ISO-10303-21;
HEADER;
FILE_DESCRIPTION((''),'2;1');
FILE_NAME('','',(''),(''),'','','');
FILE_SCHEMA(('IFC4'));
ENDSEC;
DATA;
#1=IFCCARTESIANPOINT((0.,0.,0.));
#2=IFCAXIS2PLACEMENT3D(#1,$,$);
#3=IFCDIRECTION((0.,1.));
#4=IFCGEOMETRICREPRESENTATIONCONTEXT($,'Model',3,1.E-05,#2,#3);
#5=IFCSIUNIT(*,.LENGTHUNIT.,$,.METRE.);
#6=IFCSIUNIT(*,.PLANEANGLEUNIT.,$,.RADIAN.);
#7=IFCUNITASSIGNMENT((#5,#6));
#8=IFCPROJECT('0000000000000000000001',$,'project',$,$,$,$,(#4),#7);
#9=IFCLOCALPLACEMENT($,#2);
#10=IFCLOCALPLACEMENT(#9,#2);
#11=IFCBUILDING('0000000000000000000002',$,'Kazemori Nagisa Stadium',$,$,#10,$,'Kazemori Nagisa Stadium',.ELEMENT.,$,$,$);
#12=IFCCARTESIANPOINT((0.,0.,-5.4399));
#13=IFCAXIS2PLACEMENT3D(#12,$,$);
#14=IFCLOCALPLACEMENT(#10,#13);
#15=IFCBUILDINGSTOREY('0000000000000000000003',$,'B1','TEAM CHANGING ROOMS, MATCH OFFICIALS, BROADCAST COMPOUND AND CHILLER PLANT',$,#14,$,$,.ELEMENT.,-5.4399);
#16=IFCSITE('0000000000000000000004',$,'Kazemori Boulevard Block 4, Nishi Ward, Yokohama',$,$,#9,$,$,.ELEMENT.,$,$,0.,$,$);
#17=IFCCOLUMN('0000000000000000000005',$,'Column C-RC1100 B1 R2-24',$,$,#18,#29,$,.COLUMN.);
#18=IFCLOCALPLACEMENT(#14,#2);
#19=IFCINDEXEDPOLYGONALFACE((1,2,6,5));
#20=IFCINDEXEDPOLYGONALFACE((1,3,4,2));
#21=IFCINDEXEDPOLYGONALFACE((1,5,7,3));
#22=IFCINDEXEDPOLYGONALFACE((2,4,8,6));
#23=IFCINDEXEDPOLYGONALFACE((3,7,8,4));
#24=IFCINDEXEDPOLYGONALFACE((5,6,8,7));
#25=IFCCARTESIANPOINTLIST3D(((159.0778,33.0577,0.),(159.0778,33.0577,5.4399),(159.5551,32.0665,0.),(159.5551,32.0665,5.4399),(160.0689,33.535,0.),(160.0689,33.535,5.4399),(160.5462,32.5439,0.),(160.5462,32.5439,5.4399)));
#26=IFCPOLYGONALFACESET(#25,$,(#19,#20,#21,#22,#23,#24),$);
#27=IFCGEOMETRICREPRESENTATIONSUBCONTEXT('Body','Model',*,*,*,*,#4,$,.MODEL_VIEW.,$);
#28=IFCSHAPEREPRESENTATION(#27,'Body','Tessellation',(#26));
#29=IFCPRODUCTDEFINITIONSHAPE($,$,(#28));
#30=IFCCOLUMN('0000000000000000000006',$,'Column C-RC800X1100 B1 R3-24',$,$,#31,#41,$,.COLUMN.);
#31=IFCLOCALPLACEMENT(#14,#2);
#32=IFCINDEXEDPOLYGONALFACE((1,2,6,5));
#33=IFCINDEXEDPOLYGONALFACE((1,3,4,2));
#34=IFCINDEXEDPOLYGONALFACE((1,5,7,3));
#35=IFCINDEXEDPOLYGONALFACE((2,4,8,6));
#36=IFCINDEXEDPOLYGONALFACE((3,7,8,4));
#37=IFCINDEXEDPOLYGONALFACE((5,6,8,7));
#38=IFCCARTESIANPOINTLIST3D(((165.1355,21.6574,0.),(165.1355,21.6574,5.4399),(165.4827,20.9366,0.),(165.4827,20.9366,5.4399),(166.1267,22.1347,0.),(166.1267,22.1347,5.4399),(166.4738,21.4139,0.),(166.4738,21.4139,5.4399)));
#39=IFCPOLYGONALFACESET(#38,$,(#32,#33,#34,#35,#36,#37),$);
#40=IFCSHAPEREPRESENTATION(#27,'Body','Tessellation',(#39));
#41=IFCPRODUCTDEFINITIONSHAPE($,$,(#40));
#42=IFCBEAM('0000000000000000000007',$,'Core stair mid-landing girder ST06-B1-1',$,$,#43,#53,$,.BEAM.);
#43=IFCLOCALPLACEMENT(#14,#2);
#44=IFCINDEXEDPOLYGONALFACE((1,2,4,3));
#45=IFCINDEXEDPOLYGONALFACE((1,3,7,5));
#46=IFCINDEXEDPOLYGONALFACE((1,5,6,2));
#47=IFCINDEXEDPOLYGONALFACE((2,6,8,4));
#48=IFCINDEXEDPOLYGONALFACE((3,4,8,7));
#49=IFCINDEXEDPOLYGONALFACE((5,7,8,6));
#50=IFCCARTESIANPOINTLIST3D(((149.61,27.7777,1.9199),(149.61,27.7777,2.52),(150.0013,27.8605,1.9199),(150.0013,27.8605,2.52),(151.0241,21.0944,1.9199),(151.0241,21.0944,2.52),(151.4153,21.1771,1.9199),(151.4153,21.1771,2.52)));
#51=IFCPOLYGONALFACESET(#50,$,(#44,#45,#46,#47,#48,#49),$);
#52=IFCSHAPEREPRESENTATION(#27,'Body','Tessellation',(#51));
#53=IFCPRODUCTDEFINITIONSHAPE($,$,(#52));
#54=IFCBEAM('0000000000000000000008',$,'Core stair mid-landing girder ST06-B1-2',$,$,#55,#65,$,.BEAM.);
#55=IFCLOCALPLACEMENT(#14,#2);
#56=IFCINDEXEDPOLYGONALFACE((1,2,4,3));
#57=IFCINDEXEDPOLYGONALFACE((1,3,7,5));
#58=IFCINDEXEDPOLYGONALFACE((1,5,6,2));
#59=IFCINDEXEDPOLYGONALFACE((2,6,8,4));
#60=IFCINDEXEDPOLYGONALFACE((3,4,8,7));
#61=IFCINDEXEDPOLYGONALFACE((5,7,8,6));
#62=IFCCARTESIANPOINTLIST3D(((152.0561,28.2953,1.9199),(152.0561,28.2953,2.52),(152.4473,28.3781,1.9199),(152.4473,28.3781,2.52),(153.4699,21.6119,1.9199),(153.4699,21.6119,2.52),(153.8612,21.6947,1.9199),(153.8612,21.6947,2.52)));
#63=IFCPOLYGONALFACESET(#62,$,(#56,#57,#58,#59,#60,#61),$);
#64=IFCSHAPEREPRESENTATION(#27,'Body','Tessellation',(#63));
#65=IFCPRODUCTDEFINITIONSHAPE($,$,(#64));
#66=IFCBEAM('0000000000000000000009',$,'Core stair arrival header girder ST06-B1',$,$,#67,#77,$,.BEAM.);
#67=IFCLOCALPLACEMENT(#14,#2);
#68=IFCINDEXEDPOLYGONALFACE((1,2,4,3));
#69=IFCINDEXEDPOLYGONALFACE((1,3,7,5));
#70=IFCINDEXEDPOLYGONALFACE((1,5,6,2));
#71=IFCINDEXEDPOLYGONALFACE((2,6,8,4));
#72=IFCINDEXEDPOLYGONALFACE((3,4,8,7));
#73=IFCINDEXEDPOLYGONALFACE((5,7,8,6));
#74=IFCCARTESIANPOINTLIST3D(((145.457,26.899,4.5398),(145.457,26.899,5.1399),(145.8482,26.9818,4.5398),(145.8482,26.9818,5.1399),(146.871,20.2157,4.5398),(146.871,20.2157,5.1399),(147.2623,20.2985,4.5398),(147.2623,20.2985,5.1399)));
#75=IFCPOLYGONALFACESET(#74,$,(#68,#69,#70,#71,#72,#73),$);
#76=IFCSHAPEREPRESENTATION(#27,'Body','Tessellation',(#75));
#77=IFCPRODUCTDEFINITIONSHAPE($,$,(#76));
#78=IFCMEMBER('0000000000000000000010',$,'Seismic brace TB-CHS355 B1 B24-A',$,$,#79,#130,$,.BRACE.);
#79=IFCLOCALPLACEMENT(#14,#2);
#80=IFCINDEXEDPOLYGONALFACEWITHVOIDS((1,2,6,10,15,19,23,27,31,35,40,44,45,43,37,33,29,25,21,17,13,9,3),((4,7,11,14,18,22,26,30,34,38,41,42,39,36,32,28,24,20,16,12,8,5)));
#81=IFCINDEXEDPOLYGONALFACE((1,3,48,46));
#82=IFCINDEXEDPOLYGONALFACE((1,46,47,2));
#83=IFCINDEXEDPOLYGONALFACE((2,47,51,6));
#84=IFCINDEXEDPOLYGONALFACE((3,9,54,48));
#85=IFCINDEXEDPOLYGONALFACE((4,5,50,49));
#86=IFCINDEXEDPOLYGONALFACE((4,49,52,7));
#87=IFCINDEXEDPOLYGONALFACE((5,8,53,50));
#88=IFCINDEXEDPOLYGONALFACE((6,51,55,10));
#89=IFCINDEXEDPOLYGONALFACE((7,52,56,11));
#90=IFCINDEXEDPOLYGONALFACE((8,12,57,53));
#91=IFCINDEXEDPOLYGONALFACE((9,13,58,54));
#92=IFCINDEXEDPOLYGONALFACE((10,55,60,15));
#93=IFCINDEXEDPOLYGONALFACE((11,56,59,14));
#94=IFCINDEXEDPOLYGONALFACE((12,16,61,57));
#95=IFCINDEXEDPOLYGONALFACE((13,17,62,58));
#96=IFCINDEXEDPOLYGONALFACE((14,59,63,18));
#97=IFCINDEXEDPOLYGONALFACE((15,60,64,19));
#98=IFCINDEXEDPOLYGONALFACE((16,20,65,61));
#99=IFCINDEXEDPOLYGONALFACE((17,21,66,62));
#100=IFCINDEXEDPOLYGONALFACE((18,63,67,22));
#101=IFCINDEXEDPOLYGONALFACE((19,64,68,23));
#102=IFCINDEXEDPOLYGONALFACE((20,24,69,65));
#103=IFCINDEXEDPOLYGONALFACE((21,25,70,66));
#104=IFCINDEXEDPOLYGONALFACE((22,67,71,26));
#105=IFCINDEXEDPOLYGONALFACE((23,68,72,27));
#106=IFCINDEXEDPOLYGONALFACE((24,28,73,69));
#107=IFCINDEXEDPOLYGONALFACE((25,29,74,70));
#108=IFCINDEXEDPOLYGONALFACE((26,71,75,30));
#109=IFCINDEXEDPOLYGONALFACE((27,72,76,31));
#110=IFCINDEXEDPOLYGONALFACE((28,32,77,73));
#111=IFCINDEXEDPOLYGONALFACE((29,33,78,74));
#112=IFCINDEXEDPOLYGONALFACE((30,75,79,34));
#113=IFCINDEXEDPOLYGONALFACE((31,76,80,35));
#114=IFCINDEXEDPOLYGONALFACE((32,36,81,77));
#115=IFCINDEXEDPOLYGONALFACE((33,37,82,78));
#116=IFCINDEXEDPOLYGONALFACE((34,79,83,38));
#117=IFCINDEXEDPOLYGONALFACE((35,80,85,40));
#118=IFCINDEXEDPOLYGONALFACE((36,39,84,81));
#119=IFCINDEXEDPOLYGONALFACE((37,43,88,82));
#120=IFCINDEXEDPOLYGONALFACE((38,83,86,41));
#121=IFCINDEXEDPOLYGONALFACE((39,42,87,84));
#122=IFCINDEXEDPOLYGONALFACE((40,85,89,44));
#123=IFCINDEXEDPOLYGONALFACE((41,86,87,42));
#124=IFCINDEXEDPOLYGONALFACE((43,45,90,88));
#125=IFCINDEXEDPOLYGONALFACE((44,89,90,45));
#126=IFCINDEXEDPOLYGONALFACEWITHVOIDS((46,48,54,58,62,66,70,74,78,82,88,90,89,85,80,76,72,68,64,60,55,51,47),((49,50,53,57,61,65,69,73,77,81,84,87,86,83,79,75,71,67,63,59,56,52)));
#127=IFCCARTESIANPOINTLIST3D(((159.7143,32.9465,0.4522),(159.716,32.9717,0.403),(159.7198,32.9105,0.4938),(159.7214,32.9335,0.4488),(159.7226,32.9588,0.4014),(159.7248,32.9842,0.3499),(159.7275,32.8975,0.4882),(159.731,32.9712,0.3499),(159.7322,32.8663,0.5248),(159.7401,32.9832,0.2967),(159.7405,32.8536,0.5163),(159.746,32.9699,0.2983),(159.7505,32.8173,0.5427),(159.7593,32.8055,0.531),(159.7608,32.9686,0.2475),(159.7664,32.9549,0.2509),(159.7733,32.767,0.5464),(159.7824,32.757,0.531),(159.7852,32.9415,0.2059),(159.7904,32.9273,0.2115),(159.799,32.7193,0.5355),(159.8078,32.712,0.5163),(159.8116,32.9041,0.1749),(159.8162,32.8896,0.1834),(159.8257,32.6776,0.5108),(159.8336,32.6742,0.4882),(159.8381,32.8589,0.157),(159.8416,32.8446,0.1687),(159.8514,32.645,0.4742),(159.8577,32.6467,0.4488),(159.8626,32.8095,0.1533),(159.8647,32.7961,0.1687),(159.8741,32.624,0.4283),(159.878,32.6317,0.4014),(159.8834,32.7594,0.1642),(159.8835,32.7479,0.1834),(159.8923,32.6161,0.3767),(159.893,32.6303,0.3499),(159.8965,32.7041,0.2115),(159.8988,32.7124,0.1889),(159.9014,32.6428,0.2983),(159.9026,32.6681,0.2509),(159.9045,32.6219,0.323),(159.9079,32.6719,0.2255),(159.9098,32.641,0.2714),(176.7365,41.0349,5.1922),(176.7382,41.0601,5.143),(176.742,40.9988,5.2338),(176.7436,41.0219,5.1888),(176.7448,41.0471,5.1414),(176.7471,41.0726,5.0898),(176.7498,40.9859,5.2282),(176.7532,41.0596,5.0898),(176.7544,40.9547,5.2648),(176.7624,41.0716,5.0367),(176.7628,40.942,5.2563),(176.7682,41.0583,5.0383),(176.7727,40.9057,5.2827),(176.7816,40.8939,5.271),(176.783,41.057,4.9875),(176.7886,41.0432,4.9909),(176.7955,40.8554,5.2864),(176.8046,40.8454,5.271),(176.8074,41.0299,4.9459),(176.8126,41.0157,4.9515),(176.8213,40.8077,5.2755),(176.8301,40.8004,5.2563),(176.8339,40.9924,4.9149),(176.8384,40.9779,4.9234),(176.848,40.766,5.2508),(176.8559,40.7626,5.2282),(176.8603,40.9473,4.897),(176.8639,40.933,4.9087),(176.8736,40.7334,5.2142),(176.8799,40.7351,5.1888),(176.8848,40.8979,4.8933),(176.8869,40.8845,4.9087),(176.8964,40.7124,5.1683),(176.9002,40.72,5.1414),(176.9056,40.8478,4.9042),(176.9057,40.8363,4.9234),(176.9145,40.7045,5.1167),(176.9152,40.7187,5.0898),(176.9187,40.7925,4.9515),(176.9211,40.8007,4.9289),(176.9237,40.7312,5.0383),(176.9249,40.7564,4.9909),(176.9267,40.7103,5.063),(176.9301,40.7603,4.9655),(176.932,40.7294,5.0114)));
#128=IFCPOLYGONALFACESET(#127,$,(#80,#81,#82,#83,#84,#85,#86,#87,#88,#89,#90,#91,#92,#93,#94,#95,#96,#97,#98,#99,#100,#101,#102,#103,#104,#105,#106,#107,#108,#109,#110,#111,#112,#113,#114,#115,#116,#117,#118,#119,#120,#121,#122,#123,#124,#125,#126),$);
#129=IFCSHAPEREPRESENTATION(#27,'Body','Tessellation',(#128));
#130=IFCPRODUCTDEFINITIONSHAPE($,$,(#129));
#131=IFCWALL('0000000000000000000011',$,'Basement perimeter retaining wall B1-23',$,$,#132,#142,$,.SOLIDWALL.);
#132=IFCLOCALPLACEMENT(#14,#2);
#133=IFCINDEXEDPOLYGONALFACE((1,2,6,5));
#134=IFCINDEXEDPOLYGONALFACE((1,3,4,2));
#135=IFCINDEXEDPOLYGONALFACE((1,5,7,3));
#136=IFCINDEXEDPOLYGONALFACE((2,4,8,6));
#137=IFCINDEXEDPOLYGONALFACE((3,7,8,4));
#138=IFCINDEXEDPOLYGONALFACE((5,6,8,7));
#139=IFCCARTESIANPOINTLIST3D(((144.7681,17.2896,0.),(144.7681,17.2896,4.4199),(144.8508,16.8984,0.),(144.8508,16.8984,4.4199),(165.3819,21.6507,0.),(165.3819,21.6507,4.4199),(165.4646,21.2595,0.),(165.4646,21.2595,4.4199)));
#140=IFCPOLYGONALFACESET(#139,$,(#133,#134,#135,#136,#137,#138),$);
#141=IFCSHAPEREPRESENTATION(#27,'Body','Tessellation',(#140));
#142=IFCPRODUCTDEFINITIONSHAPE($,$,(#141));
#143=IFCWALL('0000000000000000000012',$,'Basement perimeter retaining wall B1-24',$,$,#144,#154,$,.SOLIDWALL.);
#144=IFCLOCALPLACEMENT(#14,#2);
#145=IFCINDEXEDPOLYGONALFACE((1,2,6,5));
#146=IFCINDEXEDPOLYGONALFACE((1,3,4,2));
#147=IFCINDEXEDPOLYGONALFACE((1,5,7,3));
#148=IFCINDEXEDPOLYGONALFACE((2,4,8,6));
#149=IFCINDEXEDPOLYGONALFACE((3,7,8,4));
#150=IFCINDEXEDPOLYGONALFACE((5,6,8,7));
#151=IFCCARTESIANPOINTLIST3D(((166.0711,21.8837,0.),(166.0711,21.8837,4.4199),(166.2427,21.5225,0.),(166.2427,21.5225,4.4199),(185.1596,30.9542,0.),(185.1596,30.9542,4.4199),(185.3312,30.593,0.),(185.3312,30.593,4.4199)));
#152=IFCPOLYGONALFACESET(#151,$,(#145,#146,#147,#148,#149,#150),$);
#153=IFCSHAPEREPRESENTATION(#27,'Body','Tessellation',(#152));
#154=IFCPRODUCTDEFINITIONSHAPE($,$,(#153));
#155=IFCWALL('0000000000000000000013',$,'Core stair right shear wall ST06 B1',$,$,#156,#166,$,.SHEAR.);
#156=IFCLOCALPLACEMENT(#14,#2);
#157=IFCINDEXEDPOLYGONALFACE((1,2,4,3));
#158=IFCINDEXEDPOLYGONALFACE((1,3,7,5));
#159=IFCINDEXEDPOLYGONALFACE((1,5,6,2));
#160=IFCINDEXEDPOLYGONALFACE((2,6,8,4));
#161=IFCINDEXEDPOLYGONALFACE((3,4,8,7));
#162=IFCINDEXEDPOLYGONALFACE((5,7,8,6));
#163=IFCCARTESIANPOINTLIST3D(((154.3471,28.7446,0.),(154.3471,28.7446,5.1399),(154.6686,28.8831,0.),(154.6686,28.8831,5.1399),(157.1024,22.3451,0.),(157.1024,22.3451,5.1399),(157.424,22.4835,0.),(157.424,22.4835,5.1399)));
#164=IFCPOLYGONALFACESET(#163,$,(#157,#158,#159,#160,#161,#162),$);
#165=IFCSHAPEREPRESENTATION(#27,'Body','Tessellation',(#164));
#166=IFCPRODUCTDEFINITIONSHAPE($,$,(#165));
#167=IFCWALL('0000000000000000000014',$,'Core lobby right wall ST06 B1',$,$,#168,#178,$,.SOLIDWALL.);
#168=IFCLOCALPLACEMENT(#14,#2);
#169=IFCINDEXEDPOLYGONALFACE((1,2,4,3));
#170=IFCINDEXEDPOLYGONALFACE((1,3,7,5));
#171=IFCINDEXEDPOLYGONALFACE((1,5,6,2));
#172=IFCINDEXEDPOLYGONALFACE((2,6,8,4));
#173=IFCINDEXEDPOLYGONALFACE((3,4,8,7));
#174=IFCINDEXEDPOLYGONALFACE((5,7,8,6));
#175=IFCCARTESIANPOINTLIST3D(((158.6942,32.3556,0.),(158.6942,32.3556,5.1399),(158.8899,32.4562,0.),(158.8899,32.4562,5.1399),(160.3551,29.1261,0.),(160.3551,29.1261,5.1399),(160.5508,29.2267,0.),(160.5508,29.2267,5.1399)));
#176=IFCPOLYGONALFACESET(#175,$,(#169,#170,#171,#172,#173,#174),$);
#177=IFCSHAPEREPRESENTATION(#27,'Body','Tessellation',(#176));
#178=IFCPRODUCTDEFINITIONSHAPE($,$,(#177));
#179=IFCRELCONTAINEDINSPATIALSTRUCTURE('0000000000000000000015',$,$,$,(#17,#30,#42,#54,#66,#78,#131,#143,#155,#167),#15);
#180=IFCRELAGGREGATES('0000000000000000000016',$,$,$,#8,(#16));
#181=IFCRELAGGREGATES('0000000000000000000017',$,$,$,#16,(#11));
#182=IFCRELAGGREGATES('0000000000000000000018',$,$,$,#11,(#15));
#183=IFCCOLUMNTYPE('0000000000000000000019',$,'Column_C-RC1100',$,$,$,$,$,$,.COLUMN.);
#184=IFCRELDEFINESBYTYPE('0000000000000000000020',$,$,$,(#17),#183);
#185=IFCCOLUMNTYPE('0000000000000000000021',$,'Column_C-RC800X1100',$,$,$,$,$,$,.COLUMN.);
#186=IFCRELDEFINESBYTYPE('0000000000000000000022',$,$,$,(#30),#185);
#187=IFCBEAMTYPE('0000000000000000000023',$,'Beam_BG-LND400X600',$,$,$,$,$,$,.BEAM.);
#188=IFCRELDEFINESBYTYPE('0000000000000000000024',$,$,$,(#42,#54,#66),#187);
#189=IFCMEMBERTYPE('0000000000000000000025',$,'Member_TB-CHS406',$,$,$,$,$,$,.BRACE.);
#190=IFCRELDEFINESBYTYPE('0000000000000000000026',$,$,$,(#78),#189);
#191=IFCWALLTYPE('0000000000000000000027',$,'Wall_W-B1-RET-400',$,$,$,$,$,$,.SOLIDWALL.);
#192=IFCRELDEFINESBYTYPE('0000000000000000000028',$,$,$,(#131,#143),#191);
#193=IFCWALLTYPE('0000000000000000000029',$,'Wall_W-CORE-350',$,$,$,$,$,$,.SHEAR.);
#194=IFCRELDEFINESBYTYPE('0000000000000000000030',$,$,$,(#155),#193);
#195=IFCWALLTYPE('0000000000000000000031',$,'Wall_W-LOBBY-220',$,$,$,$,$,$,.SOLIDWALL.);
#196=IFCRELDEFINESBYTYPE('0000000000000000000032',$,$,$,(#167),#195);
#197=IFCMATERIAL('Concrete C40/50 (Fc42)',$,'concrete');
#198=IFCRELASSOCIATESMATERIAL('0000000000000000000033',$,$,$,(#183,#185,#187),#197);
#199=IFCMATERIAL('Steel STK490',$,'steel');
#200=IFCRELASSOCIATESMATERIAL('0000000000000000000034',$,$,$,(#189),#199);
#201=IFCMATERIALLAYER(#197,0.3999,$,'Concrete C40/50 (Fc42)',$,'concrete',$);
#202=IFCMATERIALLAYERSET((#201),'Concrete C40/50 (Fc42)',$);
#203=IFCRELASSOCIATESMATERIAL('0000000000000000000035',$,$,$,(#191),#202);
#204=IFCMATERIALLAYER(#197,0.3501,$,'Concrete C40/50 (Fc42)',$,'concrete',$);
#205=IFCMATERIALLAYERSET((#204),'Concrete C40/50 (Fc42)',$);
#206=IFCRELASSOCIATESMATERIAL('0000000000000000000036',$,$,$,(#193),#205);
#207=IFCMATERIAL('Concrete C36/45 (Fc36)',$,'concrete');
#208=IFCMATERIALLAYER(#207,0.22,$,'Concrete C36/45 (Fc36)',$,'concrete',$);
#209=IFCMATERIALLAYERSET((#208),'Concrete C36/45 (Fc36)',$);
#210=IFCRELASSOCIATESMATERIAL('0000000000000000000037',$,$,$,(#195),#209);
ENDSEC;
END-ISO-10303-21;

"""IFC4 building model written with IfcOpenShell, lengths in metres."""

from ifc_helpers import new_model, si_unit, direction, frame, frame_2d, origin, origin_2d, place, context, subcontext, project, spatial, rectangle, hollow_circle, extrude, material, layer, layer_set, material_profile, profile_set, type_object, element, save


model = new_model("IFC4")

# Units and contexts
model_context = context("Model", 3, precision=1e-05, world=origin(), true_north=direction((0.0, 1.0)))
body_context = subcontext(model_context, "Body", "Model", "MODEL_VIEW")
ifc_project = project(units=[si_unit("LENGTHUNIT", "METRE"), si_unit("PLANEANGLEUNIT", "RADIAN")], contexts=[model_context])

# Site, building, storey
site_placement = place(None, origin())
site = spatial("IfcSite", under=ifc_project, at=site_placement, Name="Kazemori Boulevard Block 4, Nishi Ward, Yokohama", CompositionType="ELEMENT", RefElevation=0.0)
building_placement = place(site_placement, origin())
building = spatial("IfcBuilding", under=site, at=building_placement, Name="Kazemori Nagisa Stadium", LongName="Kazemori Nagisa Stadium", CompositionType="ELEMENT")
storey_placement = place(building_placement, frame((0.0, 0.0, -5.4399)))
storey = spatial("IfcBuildingStorey", under=building, at=storey_placement, Name="B1", Description="TEAM CHANGING ROOMS, MATCH OFFICIALS, BROADCAST COMPOUND AND CHILLER PLANT", CompositionType="ELEMENT", Elevation=-5.4399)

# Shared definitions
ifc_material_1 = material(Name="Concrete C40/50 (Fc42)", Category="concrete")

# Shared definitions
ifc_material_2 = material(Name="Concrete C36/45 (Fc36)", Category="concrete")

# Columns
ifc_material_profile_1 = material_profile(ifc_material_1, rectangle(XDim=1.1001, YDim=1.1001, at=origin_2d()), Name="RC-COL-1100x1100")
ifc_profile_set_1 = profile_set([ifc_material_profile_1], Name="Concrete C40/50 (Fc42)")
column_type_1 = type_object("IfcColumnType", Name="Column_C-RC1100", PredefinedType="COLUMN", material=ifc_profile_set_1)
column_1_placement = place(storey_placement, frame((159.812, 32.8008, 0.0), z_axis=(0.0, 0.0, 1.0), x_axis=(0.433884, -0.900969, 0.0)))
element("IfcColumn", 1, at=column_1_placement, inside=storey, type_object=column_type_1, Name="Column C-RC1100 B1 R2-24", PredefinedType="COLUMN", context=body_context, shape_type="SweptSolid", body=[
    extrude(rectangle(XDim=1.1001, YDim=1.1001, at=origin_2d()), origin(), (0.0, 0.0, 1.0), 5.4399),
])
ifc_material_profile_2 = material_profile(ifc_material_1, rectangle(XDim=0.8, YDim=1.1001, at=origin_2d()), Name="RC-COL-800x1100")
ifc_profile_set_2 = profile_set([ifc_material_profile_2], Name="Concrete C40/50 (Fc42)")
column_type_2 = type_object("IfcColumnType", Name="Column_C-RC800X1100", PredefinedType="COLUMN", material=ifc_profile_set_2)
column_2_placement = place(storey_placement, frame((165.8047, 21.5356, 0.0), z_axis=(0.0, 0.0, 1.0), x_axis=(0.433884, -0.900969, 0.0)))
element("IfcColumn", 2, at=column_2_placement, inside=storey, type_object=column_type_2, Name="Column C-RC800X1100 B1 R3-24", PredefinedType="COLUMN", context=body_context, shape_type="SweptSolid", body=[
    extrude(rectangle(XDim=0.8, YDim=1.1001, at=origin_2d()), origin(), (0.0, 0.0, 1.0), 5.4399),
])

# Beams
ifc_material_profile_3 = material_profile(ifc_material_1, rectangle(XDim=0.3999, YDim=0.6001, at=origin_2d()), Name="RC-BM-400x600")
ifc_profile_set_3 = profile_set([ifc_material_profile_3], Name="Concrete C40/50 (Fc42)")
beam_type = type_object("IfcBeamType", Name="Beam_BG-LND400X600", PredefinedType="BEAM", material=ifc_profile_set_3)
for number, where, z_axis, x_axis, name in (
    (3, (149.8057, 27.8191, 2.22), (0.206997, -0.978341, 0.0), (0.978341, 0.206997, 0.0), "Core stair mid-landing girder ST06-B1-1"),
    (4, (152.2517, 28.3367, 2.22), (0.206963, -0.978349, 0.0), (0.978349, 0.206963, 0.0), "Core stair mid-landing girder ST06-B1-2"),
    (5, (145.6526, 26.9404, 4.8398), (0.206997, -0.978341, 0.0), (0.978341, 0.206997, 0.0), "Core stair arrival header girder ST06-B1"),
):
    element("IfcBeam", number, at=place(storey_placement, frame(where, z_axis=z_axis, x_axis=x_axis)), inside=storey, type_object=beam_type, Name=name, PredefinedType="BEAM", context=body_context, shape_type="SweptSolid", body=[
        extrude(rectangle(XDim=0.3999, YDim=0.6001, at=origin_2d()), origin(), (0.0, 0.0, 1.0), 6.8313),
    ])

# Member
ifc_material_3 = material(Name="Steel STK490", Category="steel")
ifc_material_profile_4 = material_profile(ifc_material_3, hollow_circle(Radius=0.2031, WallThickness=0.0144, at=origin_2d()), Name="CHS-406.4x14.3")
ifc_profile_set_4 = profile_set([ifc_material_profile_4], Name="Steel STK490")
member_type = type_object("IfcMemberType", Name="Member_TB-CHS406", PredefinedType="BRACE", material=ifc_profile_set_4)
member_placement = place(storey_placement, frame((159.812, 32.8008, 0.3499), z_axis=(0.875939, 0.416217, 0.243913), x_axis=(-0.429179, 0.903219, 0.0)))
element("IfcMember", 6, at=member_placement, inside=storey, type_object=member_type, Name="Seismic brace TB-CHS355 B1 B24-A", PredefinedType="BRACE", context=body_context, shape_type="SweptSolid", body=[
    extrude(hollow_circle(Radius=0.2031, WallThickness=0.0144, at=origin_2d()), origin(), (0.0, 0.0, 1.0), 19.4331),
])

# Walls
ifc_layer_1 = layer(ifc_material_1, 0.3999, Name="Concrete C40/50 (Fc42)", Category="concrete")
ifc_layer_set_1 = layer_set([ifc_layer_1], Name="Concrete C40/50 (Fc42)")
wall_type_1 = type_object("IfcWallType", Name="Wall_W-B1-RET-400", PredefinedType="SOLIDWALL", material=ifc_layer_set_1)
wall_1_placement = place(storey_placement, frame((144.8093, 17.094, 0.0), z_axis=(0.0, 0.0, 1.0), x_axis=(0.978345, 0.20698, 0.0)))
element("IfcWall", 7, at=wall_1_placement, inside=storey, type_object=wall_type_1, Name="Basement perimeter retaining wall B1-23", PredefinedType="SOLIDWALL", context=body_context, shape_type="SweptSolid", body=[
    extrude(rectangle(XDim=21.0701, YDim=0.3999, at=frame_2d((10.5352, 0.0))), origin(), (0.0, 0.0, 1.0), 4.4199),
])
wall_2_placement = place(storey_placement, frame((166.157, 21.7031, 0.0), z_axis=(0.0, 0.0, 1.0), x_axis=(0.903214, 0.42919, 0.0)))
element("IfcWall", 8, at=wall_2_placement, inside=storey, type_object=wall_type_1, Name="Basement perimeter retaining wall B1-24", PredefinedType="SOLIDWALL", context=body_context, shape_type="SweptSolid", body=[
    extrude(rectangle(XDim=21.134, YDim=0.3999, at=frame_2d((10.5669, 0.0))), origin(), (0.0, 0.0, 1.0), 4.4199),
])
ifc_layer_2 = layer(ifc_material_1, 0.3501, Name="Concrete C40/50 (Fc42)", Category="concrete")
ifc_layer_set_2 = layer_set([ifc_layer_2], Name="Concrete C40/50 (Fc42)")
wall_type_2 = type_object("IfcWallType", Name="Wall_W-CORE-350", PredefinedType="SHEAR", material=ifc_layer_set_2)
wall_3_placement = place(storey_placement, frame((154.5078, 28.814, 0.0), z_axis=(0.0, 0.0, 1.0), x_axis=(0.395454, -0.918486, 0.0)))
element("IfcWall", 9, at=wall_3_placement, inside=storey, type_object=wall_type_2, Name="Core stair right shear wall ST06 B1", PredefinedType="SHEAR", context=body_context, shape_type="SweptSolid", body=[
    extrude(rectangle(XDim=6.9675, YDim=0.3501, at=frame_2d((3.4839, 0.0))), origin(), (0.0, 0.0, 1.0), 5.1399),
])
ifc_layer_3 = layer(ifc_material_2, 0.22, Name="Concrete C36/45 (Fc36)", Category="concrete")
ifc_layer_set_3 = layer_set([ifc_layer_3], Name="Concrete C36/45 (Fc36)")
wall_type_3 = type_object("IfcWallType", Name="Wall_W-LOBBY-220", PredefinedType="SOLIDWALL", material=ifc_layer_set_3)
wall_4_placement = place(storey_placement, frame((158.792, 32.406, 0.0), z_axis=(0.0, 0.0, 1.0), x_axis=(0.45735, -0.889287, 0.0)))
element("IfcWall", 10, at=wall_4_placement, inside=storey, type_object=wall_type_3, Name="Core lobby right wall ST06 B1", PredefinedType="SOLIDWALL", context=body_context, shape_type="SweptSolid", body=[
    extrude(rectangle(XDim=3.6316, YDim=0.22, at=frame_2d((1.8159, 0.0))), origin(), (0.0, 0.0, 1.0), 5.1399),
])

save(model, "model.ifc")
